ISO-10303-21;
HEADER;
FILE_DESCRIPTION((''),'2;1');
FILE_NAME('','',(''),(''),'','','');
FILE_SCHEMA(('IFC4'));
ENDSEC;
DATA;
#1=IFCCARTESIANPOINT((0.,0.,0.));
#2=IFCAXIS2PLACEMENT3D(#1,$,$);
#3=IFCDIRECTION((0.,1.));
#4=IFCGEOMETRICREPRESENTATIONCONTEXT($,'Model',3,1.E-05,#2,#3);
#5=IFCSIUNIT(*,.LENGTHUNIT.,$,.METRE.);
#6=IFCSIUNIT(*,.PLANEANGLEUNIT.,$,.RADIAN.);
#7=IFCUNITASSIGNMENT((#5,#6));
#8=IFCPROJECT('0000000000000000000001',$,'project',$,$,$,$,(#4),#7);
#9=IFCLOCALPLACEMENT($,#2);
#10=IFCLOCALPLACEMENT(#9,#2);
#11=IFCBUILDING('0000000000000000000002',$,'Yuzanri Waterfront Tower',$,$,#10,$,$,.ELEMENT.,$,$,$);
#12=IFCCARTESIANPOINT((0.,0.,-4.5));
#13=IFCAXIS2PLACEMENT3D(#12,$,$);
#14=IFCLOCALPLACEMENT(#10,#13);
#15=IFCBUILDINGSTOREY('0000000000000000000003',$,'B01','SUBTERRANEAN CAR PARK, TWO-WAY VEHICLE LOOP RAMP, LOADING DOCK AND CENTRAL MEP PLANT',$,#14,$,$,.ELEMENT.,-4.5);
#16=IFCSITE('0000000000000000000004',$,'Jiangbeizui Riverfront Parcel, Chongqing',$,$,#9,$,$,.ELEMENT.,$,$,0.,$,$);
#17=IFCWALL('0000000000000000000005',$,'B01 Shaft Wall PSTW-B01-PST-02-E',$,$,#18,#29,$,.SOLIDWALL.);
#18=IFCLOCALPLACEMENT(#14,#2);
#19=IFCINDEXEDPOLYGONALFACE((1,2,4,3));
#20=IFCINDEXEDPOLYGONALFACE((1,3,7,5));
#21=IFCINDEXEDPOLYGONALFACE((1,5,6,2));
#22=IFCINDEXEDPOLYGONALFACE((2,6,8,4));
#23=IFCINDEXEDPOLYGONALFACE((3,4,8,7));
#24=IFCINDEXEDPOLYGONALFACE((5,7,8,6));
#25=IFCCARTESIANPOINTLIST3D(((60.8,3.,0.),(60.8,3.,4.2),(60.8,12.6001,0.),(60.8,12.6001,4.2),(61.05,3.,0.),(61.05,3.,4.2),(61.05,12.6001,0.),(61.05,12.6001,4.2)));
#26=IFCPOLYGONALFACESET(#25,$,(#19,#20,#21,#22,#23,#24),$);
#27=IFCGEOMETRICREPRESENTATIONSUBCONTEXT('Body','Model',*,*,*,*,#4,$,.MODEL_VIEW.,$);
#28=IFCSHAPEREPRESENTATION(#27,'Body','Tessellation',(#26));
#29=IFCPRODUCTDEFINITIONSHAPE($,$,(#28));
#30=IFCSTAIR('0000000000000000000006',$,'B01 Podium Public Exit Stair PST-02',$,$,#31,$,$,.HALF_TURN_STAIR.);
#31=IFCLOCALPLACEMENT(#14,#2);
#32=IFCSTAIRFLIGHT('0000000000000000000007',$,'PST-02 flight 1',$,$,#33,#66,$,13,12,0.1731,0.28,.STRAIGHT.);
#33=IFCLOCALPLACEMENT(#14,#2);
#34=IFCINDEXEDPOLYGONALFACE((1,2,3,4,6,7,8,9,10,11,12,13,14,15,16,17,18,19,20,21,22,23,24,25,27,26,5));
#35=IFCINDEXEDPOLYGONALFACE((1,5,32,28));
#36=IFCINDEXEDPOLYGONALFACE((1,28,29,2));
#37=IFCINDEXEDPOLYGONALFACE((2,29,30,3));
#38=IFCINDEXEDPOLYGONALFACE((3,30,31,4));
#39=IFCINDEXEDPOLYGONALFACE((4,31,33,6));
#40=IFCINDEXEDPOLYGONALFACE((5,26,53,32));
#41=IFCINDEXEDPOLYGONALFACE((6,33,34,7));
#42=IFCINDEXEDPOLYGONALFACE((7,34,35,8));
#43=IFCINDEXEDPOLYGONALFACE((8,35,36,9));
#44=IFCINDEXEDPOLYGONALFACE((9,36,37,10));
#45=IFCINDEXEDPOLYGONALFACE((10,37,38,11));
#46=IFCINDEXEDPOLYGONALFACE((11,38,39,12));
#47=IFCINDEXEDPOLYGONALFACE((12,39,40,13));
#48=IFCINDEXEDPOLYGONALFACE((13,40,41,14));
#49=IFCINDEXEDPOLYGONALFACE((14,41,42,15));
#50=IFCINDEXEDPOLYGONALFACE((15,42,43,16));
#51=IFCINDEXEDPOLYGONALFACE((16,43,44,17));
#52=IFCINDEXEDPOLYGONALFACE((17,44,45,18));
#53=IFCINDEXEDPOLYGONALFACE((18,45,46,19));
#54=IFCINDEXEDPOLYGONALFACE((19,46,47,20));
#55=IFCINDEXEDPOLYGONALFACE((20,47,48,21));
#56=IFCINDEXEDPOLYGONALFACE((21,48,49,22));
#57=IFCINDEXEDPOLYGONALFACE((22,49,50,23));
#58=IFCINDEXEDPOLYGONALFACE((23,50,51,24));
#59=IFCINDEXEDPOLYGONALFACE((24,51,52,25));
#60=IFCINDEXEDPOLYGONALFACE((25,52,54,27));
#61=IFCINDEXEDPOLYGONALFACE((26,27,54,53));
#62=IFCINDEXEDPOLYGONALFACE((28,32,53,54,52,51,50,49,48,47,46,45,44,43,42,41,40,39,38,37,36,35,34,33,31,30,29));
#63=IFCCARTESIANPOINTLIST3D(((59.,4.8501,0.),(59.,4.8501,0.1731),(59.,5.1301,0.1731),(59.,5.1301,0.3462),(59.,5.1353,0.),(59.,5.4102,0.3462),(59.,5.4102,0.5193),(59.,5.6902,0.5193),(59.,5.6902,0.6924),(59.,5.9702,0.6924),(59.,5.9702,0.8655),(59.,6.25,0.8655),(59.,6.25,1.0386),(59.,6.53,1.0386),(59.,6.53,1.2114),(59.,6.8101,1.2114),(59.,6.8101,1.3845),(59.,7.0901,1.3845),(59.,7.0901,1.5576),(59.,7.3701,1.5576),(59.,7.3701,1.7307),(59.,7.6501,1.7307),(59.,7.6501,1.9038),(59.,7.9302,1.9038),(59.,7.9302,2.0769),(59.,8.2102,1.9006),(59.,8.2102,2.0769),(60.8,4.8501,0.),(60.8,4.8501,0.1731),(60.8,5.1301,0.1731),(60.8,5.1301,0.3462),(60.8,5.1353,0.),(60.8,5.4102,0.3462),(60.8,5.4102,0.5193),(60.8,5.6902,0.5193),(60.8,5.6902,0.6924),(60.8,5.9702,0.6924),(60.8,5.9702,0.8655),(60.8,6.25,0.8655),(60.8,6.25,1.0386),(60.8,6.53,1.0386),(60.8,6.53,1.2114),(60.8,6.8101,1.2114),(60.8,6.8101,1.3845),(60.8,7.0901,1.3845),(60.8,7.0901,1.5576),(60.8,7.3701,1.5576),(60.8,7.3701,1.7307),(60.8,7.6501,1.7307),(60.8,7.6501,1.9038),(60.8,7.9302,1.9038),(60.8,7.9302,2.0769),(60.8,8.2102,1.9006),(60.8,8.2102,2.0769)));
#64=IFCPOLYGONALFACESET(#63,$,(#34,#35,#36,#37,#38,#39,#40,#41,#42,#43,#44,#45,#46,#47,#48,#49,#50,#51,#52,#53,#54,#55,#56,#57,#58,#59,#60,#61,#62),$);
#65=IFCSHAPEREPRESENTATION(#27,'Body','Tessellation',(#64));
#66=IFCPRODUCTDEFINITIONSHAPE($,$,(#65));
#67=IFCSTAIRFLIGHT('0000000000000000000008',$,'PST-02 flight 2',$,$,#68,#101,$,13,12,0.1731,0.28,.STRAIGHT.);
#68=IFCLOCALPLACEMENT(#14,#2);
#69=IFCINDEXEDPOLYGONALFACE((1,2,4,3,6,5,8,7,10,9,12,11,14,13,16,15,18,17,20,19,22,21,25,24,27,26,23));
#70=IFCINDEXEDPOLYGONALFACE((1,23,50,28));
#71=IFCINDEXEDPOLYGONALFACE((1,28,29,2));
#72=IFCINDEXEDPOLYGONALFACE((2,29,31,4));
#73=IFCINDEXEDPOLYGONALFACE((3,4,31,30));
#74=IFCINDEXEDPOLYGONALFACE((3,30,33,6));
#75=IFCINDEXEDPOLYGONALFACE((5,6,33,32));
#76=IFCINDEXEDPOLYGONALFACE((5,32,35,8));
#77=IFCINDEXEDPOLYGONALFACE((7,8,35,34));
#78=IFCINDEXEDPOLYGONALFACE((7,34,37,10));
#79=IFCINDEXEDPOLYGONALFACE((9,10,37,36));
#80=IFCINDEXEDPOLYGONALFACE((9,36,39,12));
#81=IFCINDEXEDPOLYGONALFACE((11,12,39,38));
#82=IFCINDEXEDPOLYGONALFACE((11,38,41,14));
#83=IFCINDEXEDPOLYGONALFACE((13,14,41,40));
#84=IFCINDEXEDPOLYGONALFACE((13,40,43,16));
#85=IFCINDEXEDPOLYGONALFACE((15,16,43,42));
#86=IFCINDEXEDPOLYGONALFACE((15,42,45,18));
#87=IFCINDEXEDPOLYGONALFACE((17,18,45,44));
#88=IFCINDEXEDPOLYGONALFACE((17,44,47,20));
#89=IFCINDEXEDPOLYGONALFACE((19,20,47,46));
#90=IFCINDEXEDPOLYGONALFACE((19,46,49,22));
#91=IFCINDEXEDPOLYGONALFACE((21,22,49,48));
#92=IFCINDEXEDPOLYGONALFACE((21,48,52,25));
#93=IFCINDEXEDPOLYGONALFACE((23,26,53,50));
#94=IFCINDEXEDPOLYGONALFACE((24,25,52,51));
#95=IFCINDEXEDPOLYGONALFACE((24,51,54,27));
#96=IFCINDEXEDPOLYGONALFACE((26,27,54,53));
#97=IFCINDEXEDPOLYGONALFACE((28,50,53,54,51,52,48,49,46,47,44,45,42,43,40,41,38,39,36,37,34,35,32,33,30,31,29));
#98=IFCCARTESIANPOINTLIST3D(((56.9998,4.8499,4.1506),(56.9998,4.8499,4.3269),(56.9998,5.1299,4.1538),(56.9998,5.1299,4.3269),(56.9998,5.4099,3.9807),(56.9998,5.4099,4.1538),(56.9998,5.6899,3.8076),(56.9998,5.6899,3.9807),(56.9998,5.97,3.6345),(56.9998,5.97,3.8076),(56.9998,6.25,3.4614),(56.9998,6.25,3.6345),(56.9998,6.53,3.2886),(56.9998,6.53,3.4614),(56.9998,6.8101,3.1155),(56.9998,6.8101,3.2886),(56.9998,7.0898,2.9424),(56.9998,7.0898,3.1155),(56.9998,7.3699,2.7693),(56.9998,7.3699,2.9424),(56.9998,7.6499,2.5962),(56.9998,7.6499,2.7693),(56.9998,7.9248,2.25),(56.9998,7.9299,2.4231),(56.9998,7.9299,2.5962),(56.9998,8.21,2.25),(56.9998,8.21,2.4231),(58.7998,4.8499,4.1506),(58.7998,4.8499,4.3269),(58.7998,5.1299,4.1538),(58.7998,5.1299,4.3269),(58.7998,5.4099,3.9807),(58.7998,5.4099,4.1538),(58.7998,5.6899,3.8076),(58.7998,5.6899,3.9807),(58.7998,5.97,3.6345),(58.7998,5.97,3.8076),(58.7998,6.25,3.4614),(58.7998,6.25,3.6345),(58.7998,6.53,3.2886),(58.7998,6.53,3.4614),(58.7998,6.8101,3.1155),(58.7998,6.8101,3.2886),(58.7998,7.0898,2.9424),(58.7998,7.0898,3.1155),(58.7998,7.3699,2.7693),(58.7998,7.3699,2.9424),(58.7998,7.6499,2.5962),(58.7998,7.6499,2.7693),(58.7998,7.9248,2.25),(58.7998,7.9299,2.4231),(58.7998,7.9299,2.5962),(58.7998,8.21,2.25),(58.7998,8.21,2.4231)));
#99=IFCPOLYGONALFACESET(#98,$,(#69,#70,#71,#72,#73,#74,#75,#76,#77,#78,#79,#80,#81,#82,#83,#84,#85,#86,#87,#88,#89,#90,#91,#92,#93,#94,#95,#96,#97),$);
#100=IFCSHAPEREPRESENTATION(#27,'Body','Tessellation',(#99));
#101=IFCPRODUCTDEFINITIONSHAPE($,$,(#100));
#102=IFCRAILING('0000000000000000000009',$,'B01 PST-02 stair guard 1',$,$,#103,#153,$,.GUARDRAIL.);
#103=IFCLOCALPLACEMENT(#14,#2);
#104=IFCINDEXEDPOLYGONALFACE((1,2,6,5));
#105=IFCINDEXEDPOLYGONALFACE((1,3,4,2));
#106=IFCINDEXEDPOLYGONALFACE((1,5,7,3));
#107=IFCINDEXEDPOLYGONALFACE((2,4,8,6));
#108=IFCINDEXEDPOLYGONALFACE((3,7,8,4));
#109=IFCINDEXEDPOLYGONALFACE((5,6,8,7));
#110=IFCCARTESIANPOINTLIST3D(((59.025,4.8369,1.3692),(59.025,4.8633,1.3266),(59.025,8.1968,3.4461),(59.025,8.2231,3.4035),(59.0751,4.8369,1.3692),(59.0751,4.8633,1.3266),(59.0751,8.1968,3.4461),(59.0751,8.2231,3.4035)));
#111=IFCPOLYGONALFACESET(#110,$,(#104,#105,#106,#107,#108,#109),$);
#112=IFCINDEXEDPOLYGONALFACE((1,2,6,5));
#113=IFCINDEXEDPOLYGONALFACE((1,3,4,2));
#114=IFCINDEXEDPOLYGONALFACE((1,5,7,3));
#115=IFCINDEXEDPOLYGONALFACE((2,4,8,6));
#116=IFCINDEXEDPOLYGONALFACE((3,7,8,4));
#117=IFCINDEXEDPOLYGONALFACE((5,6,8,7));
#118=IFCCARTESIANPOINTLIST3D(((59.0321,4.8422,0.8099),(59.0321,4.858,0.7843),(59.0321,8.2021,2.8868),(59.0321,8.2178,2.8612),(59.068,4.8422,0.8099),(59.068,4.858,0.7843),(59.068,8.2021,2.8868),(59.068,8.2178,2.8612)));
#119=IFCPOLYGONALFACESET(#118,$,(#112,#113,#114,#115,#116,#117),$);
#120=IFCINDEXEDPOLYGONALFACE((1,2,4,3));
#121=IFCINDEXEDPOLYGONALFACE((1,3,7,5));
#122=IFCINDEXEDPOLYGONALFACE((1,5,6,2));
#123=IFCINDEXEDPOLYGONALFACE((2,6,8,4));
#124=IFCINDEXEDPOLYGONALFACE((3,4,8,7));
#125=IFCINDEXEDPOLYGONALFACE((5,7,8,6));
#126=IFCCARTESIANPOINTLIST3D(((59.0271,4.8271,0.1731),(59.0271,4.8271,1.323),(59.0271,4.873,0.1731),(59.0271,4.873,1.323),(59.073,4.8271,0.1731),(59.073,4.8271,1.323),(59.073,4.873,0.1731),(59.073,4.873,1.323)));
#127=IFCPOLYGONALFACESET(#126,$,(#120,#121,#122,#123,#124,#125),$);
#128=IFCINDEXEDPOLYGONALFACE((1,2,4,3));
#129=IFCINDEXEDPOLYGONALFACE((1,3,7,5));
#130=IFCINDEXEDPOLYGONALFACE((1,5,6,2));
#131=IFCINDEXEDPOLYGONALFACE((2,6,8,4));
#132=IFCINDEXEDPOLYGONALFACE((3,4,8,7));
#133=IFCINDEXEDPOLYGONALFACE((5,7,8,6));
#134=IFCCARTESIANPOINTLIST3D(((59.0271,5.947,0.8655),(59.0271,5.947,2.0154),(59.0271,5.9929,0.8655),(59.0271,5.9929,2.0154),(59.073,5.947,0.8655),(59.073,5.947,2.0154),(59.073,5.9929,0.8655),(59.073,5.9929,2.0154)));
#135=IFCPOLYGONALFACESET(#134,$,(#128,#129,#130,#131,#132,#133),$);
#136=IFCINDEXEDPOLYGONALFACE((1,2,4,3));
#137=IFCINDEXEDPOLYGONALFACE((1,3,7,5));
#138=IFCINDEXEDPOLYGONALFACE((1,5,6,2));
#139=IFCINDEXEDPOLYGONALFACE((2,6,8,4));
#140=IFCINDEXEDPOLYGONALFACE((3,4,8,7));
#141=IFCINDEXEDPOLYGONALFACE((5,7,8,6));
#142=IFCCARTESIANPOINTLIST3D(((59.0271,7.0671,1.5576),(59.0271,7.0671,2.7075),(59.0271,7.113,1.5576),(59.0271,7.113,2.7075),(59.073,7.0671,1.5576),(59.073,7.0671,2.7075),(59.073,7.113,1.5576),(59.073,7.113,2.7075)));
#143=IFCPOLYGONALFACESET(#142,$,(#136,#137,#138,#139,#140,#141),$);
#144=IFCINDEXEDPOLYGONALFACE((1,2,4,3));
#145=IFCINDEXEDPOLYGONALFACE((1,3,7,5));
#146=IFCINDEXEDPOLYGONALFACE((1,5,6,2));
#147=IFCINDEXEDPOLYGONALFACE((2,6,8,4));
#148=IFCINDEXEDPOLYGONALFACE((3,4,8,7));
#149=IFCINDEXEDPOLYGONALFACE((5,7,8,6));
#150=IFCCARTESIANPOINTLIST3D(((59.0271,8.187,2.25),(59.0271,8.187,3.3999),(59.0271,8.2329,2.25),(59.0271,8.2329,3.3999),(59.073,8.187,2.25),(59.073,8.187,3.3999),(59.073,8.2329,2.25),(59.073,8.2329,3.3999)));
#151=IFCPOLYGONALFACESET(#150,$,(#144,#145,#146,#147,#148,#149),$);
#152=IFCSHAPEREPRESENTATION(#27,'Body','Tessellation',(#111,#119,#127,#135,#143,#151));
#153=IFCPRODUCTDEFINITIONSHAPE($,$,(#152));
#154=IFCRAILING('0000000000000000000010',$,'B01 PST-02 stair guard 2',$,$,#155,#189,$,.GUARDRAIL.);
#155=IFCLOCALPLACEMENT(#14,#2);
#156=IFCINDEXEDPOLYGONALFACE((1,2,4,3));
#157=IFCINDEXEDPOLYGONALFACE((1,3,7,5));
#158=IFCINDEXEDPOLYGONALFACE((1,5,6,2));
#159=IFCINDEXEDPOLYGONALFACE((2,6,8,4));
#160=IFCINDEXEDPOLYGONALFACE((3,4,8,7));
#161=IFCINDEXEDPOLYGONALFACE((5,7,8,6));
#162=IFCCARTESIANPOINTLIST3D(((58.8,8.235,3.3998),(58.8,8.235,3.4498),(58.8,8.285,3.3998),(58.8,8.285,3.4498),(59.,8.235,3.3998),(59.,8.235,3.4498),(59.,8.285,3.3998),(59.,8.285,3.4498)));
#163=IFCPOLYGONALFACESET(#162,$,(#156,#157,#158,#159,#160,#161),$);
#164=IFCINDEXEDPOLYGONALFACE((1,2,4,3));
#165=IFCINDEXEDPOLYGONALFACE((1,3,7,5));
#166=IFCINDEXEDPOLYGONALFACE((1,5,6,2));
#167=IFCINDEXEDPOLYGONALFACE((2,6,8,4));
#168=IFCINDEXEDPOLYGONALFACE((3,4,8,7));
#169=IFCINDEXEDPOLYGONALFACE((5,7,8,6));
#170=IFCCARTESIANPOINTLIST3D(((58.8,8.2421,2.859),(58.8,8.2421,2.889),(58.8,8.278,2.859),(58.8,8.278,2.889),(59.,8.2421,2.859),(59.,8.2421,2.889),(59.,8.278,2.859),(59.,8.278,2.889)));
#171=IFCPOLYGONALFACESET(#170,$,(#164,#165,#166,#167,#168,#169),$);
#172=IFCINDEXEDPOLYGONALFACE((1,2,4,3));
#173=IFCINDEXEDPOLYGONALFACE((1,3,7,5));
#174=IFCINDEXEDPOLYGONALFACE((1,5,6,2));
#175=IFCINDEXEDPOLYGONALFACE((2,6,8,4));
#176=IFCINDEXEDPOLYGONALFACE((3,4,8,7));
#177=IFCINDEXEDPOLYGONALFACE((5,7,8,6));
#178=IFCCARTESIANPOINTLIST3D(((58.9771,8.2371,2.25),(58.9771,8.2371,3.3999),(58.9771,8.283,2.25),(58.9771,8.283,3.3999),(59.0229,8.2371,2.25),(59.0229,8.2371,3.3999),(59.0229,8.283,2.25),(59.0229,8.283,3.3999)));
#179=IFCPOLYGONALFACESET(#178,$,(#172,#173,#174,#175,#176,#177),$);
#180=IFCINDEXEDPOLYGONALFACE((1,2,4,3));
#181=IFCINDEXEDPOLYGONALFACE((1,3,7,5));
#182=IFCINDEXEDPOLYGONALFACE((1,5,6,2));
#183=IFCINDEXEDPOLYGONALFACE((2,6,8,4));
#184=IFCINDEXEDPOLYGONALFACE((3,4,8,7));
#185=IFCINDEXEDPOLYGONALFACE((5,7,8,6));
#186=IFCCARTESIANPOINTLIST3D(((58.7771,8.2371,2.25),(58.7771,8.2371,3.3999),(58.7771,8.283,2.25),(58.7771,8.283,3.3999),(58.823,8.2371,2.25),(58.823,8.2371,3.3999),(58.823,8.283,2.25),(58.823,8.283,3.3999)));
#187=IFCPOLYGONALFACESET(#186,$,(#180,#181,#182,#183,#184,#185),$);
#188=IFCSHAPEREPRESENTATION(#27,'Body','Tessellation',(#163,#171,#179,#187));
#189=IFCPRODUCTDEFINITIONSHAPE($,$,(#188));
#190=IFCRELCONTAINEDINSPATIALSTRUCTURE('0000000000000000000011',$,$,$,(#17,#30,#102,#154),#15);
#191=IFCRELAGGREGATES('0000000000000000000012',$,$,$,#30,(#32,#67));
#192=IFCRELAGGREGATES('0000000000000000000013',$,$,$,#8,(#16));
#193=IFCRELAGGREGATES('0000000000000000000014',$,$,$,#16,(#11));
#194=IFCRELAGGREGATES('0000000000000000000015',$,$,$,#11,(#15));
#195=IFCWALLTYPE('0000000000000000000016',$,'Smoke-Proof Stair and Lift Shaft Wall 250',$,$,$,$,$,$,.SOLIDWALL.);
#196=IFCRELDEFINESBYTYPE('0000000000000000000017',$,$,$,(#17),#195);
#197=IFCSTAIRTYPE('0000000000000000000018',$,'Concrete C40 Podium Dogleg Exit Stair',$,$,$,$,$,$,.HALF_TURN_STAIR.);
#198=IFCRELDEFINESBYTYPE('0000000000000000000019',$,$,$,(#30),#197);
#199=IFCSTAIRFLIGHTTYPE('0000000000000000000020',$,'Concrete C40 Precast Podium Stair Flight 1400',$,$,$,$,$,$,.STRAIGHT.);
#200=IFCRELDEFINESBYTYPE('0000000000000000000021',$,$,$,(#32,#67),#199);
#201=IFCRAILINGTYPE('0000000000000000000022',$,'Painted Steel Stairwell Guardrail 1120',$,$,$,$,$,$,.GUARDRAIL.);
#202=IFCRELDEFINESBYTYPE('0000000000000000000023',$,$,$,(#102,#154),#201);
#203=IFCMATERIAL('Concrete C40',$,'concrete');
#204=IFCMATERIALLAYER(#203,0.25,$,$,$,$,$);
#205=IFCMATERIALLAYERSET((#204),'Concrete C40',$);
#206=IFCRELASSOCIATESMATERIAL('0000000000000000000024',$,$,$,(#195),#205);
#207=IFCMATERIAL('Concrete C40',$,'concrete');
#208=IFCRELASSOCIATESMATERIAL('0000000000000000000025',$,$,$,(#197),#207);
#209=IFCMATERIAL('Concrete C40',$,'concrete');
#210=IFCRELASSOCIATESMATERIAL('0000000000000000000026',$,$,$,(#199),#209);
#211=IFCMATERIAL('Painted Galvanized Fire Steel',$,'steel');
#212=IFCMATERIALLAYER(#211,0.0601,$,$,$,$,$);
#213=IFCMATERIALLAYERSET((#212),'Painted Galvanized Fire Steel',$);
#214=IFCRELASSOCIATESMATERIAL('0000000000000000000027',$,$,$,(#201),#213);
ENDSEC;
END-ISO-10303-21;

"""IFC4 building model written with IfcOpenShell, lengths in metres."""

from ifc_helpers import new_model, si_unit, direction, frame, frame_2d, origin, origin_2d, place, context, subcontext, project, spatial, polyline, rectangle, outline, extrude, source, transform, mapped, material, layer, layer_set, type_object, element, aggregate, save


model = new_model("IFC4")

# Units and contexts
model_context = context("Model", 3, precision=1e-05, world=origin(), true_north=direction((0.0, 1.0)))
body_context = subcontext(model_context, "Body", "Model", "MODEL_VIEW")
ifc_project = project(units=[si_unit("LENGTHUNIT", "METRE"), si_unit("PLANEANGLEUNIT", "RADIAN")], contexts=[model_context])

# Site, building, storey
site_placement = place(None, origin())
site = spatial("IfcSite", under=ifc_project, at=site_placement, Name="Jiangbeizui Riverfront Parcel, Chongqing", CompositionType="ELEMENT", RefElevation=0.0)
building_placement = place(site_placement, origin())
building = spatial("IfcBuilding", under=site, at=building_placement, Name="Yuzanri Waterfront Tower", CompositionType="ELEMENT")
storey_placement = place(building_placement, frame((0.0, 0.0, -4.5)))
storey = spatial("IfcBuildingStorey", under=building, at=storey_placement, Name="B01", Description="SUBTERRANEAN CAR PARK, TWO-WAY VEHICLE LOOP RAMP, LOADING DOCK AND CENTRAL MEP PLANT", CompositionType="ELEMENT", Elevation=-4.5)

# Shared definitions
ifc_material_1 = material(Name="Concrete C40", Category="concrete")
ifc_layer_1 = layer(ifc_material_1, 0.25)
ifc_layer_set_1 = layer_set([ifc_layer_1], Name="Concrete C40")
wall_type_1 = type_object("IfcWallType", Name="Smoke-Proof Stair and Lift Shaft Wall 250", PredefinedType="SOLIDWALL", material=ifc_layer_set_1)

# Wall
shared_shape_1 = source(origin(), body_context, "Body", "SweptSolid", [
    extrude(rectangle(XDim=9.6001, YDim=0.25, at=frame_2d((4.8, 0.0))), origin(), (0.0, 0.0, 1.0), 4.2),
])
wall_1_placement = place(storey_placement, frame((60.925, 3.0, 0.0), z_axis=(0.0, 0.0, 1.0), x_axis=(0.0, 1.0, 0.0)))
element("IfcWall", 1, at=wall_1_placement, inside=storey, type_object=wall_type_1, Name="B01 Shaft Wall PSTW-B01-PST-02-E", PredefinedType="SOLIDWALL", context=body_context, shape_type="MappedRepresentation", body=[
    mapped(shared_shape_1, transform((0.0, 0.0, 0.0), scale=1.0)),
])

# Stair, stair flights
ifc_material_2 = material(Name="Concrete C40", Category="concrete")
stair_type = type_object("IfcStairType", Name="Concrete C40 Podium Dogleg Exit Stair", PredefinedType="HALF_TURN_STAIR", material=ifc_material_2)
stair_placement = place(storey_placement, origin())
stair = element("IfcStair", 2, at=stair_placement, inside=storey, type_object=stair_type, Name="B01 Podium Public Exit Stair PST-02", PredefinedType="HALF_TURN_STAIR")
ifc_material_3 = material(Name="Concrete C40", Category="concrete")
stair_flight_type = type_object("IfcStairFlightType", Name="Concrete C40 Precast Podium Stair Flight 1400", PredefinedType="STRAIGHT", material=ifc_material_3)
shared_shape_2 = source(origin(), body_context, "Body", "SweptSolid", [
    extrude(outline(polyline([(0.0, 0.0), (0.0, 0.1731), (0.28, 0.1731), (0.28, 0.3462), (0.5601, 0.3462), (0.5601, 0.5193), (0.8401, 0.5193), (0.8401, 0.6924), (1.1201, 0.6924), (1.1201, 0.8655), (1.3999, 0.8655), (1.3999, 1.0386), (1.6799, 1.0386), (1.6799, 1.2114), (1.96, 1.2114), (1.96, 1.3845), (2.24, 1.3845), (2.24, 1.5576), (2.52, 1.5576), (2.52, 1.7307), (2.8, 1.7307), (2.8, 1.9038), (3.0801, 1.9038), (3.0801, 2.0769), (3.3601, 2.0769), (3.3601, 2.25), (3.3601, 1.9006), (0.2852, 0.0), (0.0, 0.0)])), frame((0.0, 0.8999, 0.0), z_axis=(0.0, -1.0, 0.0), x_axis=(1.0, 0.0, 0.0)), (0.0, 0.0, 1.0), 1.8),
])
stair_flight_1_placement = place(storey_placement, frame((59.8999, 4.8501, 0.0), z_axis=(0.0, 0.0, 1.0), x_axis=(0.0, 1.0, 0.0)))
stair_flight_1 = element("IfcStairFlight", 3, at=stair_flight_1_placement, type_object=stair_flight_type, Name="PST-02 flight 1", NumberOfRisers=13, NumberOfTreads=12, PredefinedType="STRAIGHT", RiserHeight=0.1731, TreadLength=0.28, context=body_context, shape_type="MappedRepresentation", body=[
    mapped(shared_shape_2, transform((0.0, 0.0, 0.0), scale=1.0)),
])
stair_flight_2_placement = place(storey_placement, frame((57.8999, 8.21, 2.25), z_axis=(0.0, 0.0, 1.0), x_axis=(0.0, -1.0, 0.0)))
stair_flight_2 = element("IfcStairFlight", 4, at=stair_flight_2_placement, type_object=stair_flight_type, Name="PST-02 flight 2", NumberOfRisers=13, NumberOfTreads=12, PredefinedType="STRAIGHT", RiserHeight=0.1731, TreadLength=0.28, context=body_context, shape_type="MappedRepresentation", body=[
    mapped(shared_shape_2, transform((0.0, 0.0, 0.0), scale=1.0)),
])
aggregate(stair, [stair_flight_1, stair_flight_2])

# Railings
ifc_material_4 = material(Name="Painted Galvanized Fire Steel", Category="steel")
ifc_layer_2 = layer(ifc_material_4, 0.0601)
ifc_layer_set_2 = layer_set([ifc_layer_2], Name="Painted Galvanized Fire Steel")
railing_type_1 = type_object("IfcRailingType", Name="Painted Steel Stairwell Guardrail 1120", PredefinedType="GUARDRAIL", material=ifc_layer_set_2)
shared_shape_3 = source(origin(), body_context, "Body", "SweptSolid", [
    extrude(rectangle(XDim=0.05, YDim=0.05, at=origin_2d()), frame((0.0, 0.0, 1.1748), z_axis=(0.0, 0.850606, 0.525803), x_axis=(-1.0, 0.0, 0.0)), (0.0, 0.0, 1.0), 3.95),
    extrude(rectangle(XDim=0.0359, YDim=0.03, at=origin_2d()), frame((0.0, 0.0, 0.624), z_axis=(0.0, 0.850606, 0.525803), x_axis=(-1.0, 0.0, 0.0)), (0.0, 0.0, 1.0), 3.95),
    extrude(rectangle(XDim=0.0459, YDim=0.0459, at=origin_2d()), origin(), (0.0, 0.0, 1.0), 1.1499),
    extrude(rectangle(XDim=0.0459, YDim=0.0459, at=origin_2d()), frame((0.0, 1.1199, 0.6924)), (0.0, 0.0, 1.0), 1.1499),
    extrude(rectangle(XDim=0.0459, YDim=0.0459, at=origin_2d()), frame((0.0, 2.24, 1.3845)), (0.0, 0.0, 1.0), 1.1499),
    extrude(rectangle(XDim=0.0459, YDim=0.0459, at=origin_2d()), frame((0.0, 3.3599, 2.0769)), (0.0, 0.0, 1.0), 1.1499),
])
railing_1_placement = place(storey_placement, frame((59.05, 4.8501, 0.1731)))
element("IfcRailing", 5, at=railing_1_placement, inside=storey, type_object=railing_type_1, Name="B01 PST-02 stair guard 1", PredefinedType="GUARDRAIL", context=body_context, shape_type="MappedRepresentation", body=[
    mapped(shared_shape_3, transform((0.0, 0.0, 0.0), scale=1.0)),
])
shared_shape_4 = source(origin(), body_context, "Body", "SweptSolid", [
    extrude(rectangle(XDim=0.05, YDim=0.05, at=origin_2d()), frame((0.0, 0.0, 1.1748), z_axis=(-1.0, 0.0, 0.0), x_axis=(0.0, -1.0, 0.0)), (0.0, 0.0, 1.0), 0.2),
    extrude(rectangle(XDim=0.0359, YDim=0.03, at=origin_2d()), frame((0.0, 0.0, 0.624), z_axis=(-1.0, 0.0, 0.0), x_axis=(0.0, -1.0, 0.0)), (0.0, 0.0, 1.0), 0.2),
    extrude(rectangle(XDim=0.0459, YDim=0.0459, at=origin_2d()), origin(), (0.0, 0.0, 1.0), 1.1499),
    extrude(rectangle(XDim=0.0459, YDim=0.0459, at=origin_2d()), frame((-0.2, 0.0, 0.0)), (0.0, 0.0, 1.0), 1.1499),
])
for number, where, name in (
    (6, (59.0, 8.26, 2.25), "B01 PST-02 stair guard 2"),
):
    element("IfcRailing", number, at=place(storey_placement, frame(where)), inside=storey, type_object=railing_type_1, Name=name, PredefinedType="GUARDRAIL", context=body_context, shape_type="MappedRepresentation", body=[
        mapped(shared_shape_4, transform((0.0, 0.0, 0.0), scale=1.0)),
    ])

save(model, "model.ifc")
